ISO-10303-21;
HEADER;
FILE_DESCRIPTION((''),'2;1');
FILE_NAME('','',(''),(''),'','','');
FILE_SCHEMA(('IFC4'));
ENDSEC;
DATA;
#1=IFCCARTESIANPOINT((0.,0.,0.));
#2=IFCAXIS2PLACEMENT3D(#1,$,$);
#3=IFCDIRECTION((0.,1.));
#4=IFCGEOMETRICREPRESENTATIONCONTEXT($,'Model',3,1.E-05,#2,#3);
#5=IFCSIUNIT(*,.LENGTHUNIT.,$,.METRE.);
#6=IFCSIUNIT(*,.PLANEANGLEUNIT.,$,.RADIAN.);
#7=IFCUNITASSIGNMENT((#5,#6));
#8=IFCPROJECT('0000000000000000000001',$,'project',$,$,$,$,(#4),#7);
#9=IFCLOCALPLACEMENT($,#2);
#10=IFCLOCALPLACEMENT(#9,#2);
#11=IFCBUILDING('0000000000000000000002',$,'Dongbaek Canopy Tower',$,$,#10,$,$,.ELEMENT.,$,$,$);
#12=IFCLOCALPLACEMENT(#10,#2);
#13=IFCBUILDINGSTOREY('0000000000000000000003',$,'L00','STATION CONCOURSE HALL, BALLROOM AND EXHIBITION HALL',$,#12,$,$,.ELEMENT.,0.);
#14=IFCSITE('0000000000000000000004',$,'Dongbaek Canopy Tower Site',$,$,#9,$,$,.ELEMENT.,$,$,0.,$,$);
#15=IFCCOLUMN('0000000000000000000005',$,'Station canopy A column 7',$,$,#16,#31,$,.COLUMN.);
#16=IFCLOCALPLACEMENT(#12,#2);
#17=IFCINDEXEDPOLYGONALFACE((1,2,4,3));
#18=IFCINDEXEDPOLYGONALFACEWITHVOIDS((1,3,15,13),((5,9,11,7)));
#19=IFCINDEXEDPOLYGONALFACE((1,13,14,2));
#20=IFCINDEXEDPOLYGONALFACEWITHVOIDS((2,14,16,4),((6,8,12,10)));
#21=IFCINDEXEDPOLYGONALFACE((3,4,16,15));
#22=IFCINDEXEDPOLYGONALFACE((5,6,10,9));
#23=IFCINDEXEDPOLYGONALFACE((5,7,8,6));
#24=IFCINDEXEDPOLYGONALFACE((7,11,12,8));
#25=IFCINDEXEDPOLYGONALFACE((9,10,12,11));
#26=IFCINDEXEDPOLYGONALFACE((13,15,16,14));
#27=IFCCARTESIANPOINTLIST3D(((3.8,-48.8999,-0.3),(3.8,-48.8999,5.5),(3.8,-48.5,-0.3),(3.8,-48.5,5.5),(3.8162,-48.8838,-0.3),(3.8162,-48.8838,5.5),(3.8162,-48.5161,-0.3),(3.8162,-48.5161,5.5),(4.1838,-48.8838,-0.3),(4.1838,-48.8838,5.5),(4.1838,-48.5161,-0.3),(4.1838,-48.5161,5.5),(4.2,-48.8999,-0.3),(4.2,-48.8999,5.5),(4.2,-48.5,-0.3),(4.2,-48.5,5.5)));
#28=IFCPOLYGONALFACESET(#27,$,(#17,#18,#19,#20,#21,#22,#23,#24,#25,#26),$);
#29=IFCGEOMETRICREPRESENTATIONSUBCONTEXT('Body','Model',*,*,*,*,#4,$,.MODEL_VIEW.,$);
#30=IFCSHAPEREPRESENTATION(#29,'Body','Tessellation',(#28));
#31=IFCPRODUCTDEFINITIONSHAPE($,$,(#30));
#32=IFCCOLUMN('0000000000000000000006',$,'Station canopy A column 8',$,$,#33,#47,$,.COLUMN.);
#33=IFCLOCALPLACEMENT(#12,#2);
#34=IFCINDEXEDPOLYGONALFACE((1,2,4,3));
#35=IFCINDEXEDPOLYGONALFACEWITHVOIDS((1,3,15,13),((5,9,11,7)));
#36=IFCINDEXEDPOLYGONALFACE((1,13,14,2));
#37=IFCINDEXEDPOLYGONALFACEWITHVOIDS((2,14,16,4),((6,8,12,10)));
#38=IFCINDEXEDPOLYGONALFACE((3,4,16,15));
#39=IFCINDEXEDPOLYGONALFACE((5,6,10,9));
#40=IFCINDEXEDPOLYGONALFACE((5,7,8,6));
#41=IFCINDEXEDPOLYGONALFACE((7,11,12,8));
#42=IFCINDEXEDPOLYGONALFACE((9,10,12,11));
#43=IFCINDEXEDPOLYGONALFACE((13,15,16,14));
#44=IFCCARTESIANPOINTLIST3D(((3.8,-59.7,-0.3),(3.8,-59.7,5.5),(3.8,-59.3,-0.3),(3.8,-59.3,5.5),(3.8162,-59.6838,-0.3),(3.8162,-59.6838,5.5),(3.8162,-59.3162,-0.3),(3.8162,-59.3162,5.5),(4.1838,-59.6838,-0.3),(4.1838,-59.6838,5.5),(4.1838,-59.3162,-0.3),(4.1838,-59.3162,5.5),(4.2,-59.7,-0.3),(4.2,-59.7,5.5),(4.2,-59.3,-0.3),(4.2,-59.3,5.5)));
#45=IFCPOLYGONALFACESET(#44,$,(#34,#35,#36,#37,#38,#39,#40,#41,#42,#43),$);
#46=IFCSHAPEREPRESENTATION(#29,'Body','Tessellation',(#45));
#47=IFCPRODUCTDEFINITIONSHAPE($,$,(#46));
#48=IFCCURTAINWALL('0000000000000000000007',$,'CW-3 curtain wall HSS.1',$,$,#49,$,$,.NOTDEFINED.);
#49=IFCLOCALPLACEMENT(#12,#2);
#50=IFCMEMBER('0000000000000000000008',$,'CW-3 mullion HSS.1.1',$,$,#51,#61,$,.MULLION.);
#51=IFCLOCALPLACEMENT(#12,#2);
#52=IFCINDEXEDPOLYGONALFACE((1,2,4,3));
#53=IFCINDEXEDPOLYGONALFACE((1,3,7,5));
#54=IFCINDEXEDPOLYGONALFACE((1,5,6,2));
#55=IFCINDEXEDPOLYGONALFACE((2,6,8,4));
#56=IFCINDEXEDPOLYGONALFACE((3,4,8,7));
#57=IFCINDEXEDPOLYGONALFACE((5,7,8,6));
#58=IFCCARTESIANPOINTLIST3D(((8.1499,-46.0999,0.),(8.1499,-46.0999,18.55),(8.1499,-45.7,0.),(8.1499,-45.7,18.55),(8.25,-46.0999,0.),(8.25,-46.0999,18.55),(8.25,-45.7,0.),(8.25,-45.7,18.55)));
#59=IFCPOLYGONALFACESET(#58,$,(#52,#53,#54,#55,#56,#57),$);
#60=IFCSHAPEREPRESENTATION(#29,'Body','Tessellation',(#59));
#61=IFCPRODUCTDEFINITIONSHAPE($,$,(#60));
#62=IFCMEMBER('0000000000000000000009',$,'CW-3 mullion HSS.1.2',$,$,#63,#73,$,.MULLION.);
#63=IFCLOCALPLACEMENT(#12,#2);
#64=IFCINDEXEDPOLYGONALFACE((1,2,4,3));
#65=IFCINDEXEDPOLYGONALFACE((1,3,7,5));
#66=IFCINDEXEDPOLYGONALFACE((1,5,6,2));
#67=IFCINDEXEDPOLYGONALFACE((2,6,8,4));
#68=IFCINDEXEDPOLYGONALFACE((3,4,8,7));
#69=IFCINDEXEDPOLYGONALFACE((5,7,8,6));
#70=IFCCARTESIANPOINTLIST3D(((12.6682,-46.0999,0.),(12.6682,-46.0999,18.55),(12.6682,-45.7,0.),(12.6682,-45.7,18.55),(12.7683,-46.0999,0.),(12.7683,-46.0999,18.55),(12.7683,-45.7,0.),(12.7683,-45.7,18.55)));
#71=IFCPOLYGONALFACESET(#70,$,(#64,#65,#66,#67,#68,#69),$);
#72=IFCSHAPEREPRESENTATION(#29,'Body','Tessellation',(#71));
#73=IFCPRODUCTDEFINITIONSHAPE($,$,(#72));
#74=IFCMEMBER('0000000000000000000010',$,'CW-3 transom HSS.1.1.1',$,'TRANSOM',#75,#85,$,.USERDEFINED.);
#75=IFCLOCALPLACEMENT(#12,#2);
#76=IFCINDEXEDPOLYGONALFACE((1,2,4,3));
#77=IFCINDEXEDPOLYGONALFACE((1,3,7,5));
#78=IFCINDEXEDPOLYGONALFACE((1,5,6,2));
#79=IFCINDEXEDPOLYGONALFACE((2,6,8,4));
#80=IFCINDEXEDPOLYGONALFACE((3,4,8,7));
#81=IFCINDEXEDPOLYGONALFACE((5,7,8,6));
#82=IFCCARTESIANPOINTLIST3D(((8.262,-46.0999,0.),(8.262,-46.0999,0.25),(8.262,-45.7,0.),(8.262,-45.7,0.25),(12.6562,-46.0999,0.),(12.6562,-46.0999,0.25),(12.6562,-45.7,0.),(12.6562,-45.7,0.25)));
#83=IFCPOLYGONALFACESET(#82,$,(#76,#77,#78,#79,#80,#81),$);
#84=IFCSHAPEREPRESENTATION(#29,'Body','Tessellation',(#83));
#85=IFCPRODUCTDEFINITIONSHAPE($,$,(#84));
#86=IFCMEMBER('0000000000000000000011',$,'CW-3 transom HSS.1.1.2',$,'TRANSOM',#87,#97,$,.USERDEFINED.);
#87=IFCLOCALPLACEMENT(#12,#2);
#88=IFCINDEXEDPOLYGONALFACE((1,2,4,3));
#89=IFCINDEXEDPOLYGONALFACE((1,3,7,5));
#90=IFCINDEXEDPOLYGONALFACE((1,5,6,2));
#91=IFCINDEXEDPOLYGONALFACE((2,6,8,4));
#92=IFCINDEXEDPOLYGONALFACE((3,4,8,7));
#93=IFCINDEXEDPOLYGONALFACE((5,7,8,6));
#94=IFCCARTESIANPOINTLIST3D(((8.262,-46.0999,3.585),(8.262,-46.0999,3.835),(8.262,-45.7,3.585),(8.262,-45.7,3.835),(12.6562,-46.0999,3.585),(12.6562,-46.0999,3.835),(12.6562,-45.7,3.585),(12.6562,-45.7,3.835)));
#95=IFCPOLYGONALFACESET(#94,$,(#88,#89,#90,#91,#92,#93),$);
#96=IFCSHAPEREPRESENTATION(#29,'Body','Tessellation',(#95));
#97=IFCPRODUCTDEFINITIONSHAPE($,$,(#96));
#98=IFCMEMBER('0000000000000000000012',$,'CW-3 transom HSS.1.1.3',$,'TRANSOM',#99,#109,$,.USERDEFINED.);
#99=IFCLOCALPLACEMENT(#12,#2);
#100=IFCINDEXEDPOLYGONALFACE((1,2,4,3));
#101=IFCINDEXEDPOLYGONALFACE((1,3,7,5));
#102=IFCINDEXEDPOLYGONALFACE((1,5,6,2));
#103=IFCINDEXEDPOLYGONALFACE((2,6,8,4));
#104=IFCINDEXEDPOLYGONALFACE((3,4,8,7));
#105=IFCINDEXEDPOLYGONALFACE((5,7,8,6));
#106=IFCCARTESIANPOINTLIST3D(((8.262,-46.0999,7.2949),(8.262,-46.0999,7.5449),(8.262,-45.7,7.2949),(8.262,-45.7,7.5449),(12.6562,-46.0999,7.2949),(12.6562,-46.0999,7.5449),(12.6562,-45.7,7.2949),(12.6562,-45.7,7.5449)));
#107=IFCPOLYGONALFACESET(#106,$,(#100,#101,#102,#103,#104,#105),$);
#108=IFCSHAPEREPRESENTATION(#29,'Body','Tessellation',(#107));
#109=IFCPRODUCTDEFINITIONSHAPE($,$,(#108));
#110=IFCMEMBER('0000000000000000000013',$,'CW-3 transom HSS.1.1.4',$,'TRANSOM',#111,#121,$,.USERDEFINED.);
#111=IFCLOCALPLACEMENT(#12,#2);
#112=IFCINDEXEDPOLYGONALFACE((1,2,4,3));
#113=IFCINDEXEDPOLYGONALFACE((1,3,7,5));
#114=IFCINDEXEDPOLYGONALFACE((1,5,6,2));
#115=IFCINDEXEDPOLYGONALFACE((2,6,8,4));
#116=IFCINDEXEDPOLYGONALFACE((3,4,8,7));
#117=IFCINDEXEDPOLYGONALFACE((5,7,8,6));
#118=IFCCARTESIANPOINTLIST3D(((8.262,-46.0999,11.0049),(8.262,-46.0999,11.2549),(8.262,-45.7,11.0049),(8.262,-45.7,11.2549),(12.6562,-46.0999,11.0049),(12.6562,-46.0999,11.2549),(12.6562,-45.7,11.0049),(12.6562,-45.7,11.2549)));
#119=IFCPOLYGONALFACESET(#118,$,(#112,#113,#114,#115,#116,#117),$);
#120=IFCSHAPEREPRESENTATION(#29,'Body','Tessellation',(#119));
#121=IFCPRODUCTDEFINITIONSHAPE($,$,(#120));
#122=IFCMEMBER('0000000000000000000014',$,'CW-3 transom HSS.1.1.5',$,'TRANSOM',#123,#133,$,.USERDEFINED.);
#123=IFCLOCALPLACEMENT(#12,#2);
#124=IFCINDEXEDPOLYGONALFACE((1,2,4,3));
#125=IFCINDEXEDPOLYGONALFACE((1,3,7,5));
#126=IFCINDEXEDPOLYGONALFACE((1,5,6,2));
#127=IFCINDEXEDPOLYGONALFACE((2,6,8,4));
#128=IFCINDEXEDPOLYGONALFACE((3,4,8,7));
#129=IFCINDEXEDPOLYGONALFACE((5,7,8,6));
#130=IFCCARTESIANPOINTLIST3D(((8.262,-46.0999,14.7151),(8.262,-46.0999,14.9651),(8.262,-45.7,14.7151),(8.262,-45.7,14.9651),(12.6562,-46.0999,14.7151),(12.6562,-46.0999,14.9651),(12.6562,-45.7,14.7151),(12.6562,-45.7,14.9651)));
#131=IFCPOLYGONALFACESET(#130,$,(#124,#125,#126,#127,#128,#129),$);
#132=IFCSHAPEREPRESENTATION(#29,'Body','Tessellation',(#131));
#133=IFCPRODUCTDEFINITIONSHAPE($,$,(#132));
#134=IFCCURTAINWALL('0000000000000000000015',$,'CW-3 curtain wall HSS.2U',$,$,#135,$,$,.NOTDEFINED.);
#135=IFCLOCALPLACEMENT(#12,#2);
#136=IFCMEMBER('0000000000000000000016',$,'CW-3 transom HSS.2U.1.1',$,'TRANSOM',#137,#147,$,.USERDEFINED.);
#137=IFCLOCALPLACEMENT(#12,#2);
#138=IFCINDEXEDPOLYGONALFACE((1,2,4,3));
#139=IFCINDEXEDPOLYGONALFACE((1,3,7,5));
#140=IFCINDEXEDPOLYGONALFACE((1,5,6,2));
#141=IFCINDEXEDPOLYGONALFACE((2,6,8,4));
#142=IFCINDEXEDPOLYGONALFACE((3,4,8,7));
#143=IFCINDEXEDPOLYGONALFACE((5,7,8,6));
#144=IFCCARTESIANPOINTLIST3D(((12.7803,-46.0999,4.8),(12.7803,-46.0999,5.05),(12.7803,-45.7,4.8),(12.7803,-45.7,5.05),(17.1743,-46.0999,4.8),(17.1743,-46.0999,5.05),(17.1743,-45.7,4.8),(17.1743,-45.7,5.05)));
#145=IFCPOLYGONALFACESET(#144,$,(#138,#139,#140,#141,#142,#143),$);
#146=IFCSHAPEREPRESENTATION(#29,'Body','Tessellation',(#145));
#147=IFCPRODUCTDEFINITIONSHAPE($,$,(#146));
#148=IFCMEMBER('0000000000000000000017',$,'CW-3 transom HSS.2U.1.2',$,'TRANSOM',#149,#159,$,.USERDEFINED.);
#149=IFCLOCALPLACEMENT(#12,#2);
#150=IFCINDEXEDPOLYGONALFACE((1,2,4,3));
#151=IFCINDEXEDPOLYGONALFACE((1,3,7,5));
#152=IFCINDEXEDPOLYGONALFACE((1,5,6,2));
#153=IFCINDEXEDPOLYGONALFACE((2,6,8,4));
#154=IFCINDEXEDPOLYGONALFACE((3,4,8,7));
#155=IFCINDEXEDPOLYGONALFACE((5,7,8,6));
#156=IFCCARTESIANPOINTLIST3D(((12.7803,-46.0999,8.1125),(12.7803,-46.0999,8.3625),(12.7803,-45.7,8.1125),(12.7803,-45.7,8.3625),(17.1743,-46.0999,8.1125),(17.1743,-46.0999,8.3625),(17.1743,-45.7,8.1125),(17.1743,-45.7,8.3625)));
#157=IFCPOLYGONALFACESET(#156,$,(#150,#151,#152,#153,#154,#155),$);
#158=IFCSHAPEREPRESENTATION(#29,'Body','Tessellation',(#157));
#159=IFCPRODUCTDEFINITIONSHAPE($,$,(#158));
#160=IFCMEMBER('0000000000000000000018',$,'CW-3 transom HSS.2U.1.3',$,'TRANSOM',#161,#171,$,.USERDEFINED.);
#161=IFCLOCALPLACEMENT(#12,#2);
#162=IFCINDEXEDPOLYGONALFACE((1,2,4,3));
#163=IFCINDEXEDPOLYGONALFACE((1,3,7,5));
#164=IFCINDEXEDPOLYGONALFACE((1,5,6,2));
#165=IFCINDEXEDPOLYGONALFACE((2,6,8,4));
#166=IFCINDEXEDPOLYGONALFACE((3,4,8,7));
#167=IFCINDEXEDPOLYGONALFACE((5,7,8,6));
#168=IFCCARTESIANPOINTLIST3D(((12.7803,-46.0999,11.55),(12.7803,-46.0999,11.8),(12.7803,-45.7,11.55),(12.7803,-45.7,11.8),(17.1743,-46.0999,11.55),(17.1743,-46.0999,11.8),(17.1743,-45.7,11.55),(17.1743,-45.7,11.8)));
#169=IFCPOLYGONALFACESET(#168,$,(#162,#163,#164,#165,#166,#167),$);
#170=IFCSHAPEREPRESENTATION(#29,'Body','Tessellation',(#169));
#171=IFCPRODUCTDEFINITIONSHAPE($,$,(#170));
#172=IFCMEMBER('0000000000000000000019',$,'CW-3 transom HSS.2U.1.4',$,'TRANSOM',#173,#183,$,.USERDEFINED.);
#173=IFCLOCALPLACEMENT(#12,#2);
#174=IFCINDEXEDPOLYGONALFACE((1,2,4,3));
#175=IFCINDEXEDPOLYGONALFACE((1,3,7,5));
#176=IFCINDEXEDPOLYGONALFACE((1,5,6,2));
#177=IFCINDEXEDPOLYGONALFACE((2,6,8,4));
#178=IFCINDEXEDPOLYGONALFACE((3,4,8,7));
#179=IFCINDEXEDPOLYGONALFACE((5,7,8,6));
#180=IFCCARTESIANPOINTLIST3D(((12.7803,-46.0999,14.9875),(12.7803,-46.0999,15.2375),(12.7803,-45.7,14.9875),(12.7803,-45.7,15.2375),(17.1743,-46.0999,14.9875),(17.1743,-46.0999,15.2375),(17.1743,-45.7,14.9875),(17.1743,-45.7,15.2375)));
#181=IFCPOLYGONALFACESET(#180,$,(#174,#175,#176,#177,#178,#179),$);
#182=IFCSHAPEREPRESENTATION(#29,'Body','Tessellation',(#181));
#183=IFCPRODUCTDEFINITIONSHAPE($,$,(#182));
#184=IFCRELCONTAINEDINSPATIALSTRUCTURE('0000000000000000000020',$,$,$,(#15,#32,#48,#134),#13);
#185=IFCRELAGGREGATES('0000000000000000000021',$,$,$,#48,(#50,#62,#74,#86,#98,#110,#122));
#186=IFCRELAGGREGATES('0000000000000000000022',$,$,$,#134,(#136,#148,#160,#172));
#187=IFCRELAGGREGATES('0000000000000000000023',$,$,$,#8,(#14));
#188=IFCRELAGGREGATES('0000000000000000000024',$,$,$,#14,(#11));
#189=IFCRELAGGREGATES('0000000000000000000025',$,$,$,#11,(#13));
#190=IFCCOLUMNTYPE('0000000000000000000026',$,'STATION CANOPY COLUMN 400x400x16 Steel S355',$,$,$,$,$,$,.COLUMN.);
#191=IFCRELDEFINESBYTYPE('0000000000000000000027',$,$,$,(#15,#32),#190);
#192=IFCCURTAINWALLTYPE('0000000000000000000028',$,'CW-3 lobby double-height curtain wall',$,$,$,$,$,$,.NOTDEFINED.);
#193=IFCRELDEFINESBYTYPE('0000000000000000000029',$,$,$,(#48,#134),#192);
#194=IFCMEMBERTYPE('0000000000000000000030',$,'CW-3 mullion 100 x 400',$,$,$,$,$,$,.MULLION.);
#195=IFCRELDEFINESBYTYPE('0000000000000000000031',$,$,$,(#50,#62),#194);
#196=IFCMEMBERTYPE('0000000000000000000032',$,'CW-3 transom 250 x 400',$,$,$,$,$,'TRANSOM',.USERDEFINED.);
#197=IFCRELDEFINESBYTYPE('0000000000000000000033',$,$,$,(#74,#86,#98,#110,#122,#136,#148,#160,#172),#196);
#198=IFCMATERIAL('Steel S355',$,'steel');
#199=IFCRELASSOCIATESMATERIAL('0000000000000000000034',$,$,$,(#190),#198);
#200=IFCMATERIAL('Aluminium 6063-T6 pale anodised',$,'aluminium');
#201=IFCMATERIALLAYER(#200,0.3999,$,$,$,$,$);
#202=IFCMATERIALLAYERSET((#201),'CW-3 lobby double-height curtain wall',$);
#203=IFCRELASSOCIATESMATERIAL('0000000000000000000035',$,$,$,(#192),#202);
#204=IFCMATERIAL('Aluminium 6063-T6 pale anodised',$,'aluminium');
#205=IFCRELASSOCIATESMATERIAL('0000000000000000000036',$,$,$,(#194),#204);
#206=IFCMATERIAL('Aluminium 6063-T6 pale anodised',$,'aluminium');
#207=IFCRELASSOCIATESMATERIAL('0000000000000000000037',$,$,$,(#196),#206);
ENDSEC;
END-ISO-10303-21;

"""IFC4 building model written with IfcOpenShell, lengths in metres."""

from ifc_helpers import new_model, si_unit, direction, frame, origin, origin_2d, place, context, subcontext, project, spatial, rectangle, hollow_rectangle, extrude, material, layer, layer_set, material_profile, profile_set, type_object, element, aggregate, save


model = new_model("IFC4")

# Units and contexts
model_context = context("Model", 3, precision=1e-05, world=origin(), true_north=direction((0.0, 1.0)))
body_context = subcontext(model_context, "Body", "Model", "MODEL_VIEW")
ifc_project = project(units=[si_unit("LENGTHUNIT", "METRE"), si_unit("PLANEANGLEUNIT", "RADIAN")], contexts=[model_context])

# Site, building, storey
site_placement = place(None, origin())
site = spatial("IfcSite", under=ifc_project, at=site_placement, Name="Dongbaek Canopy Tower Site", CompositionType="ELEMENT", RefElevation=0.0)
building_placement = place(site_placement, origin())
building = spatial("IfcBuilding", under=site, at=building_placement, Name="Dongbaek Canopy Tower", CompositionType="ELEMENT")
storey_placement = place(building_placement, origin())
storey = spatial("IfcBuildingStorey", under=building, at=storey_placement, Name="L00", Description="STATION CONCOURSE HALL, BALLROOM AND EXHIBITION HALL", CompositionType="ELEMENT", Elevation=0.0)

# Columns
ifc_material_1 = material(Name="Steel S355", Category="steel")
ifc_material_profile_1 = material_profile(ifc_material_1, hollow_rectangle(XDim=0.3999, YDim=0.3999, WallThickness=0.0161, at=origin_2d()), Name="STATION CANOPY COLUMN 400x400x16 Steel S355")
ifc_profile_set_1 = profile_set([ifc_material_profile_1], Name="Steel S355")
column_type = type_object("IfcColumnType", Name="STATION CANOPY COLUMN 400x400x16 Steel S355", PredefinedType="COLUMN", material=ifc_profile_set_1)
for number, where, z_axis, x_axis, name in (
    (1, (4.0, -48.7, -0.3), (0.0, 0.0, 1.0), (1.0, 0.0, 0.0), "Station canopy A column 7"),
    (2, (4.0, -59.5, -0.3), (0.0, 0.0, 1.0), (1.0, 0.0, 0.0), "Station canopy A column 8"),
):
    element("IfcColumn", number, at=place(storey_placement, frame(where, z_axis=z_axis, x_axis=x_axis)), inside=storey, type_object=column_type, Name=name, PredefinedType="COLUMN", context=body_context, shape_type="SweptSolid", body=[
        extrude(hollow_rectangle(XDim=0.3999, YDim=0.3999, WallThickness=0.0161, at=origin_2d()), origin(), (0.0, 0.0, 1.0), 5.8),
    ])

# Curtain walls, members
ifc_material_2 = material(Name="Aluminium 6063-T6 pale anodised", Category="aluminium")
ifc_layer_1 = layer(ifc_material_2, 0.3999)
ifc_layer_set_1 = layer_set([ifc_layer_1], Name="CW-3 lobby double-height curtain wall")
curtain_wall_type = type_object("IfcCurtainWallType", Name="CW-3 lobby double-height curtain wall", PredefinedType="NOTDEFINED", material=ifc_layer_set_1)
curtain_wall_1_placement = place(storey_placement, origin())
curtain_wall_1 = element("IfcCurtainWall", 3, at=curtain_wall_1_placement, inside=storey, type_object=curtain_wall_type, Name="CW-3 curtain wall HSS.1", PredefinedType="NOTDEFINED")
ifc_material_3 = material(Name="Aluminium 6063-T6 pale anodised", Category="aluminium")
ifc_material_profile_2 = material_profile(ifc_material_3, rectangle(XDim=0.3999, YDim=0.1001, at=origin_2d()), Name="CW-3 mullion 100 x 400")
ifc_profile_set_2 = profile_set([ifc_material_profile_2], Name="Aluminium 6063-T6 pale anodised")
member_type_1 = type_object("IfcMemberType", Name="CW-3 mullion 100 x 400", PredefinedType="MULLION", material=ifc_profile_set_2)
member_1_placement = place(storey_placement, frame((8.2, -45.8999, 0.0), z_axis=(0.0, 0.0, 1.0), x_axis=(0.0, -1.0, 0.0)))
member_1 = element("IfcMember", 4, at=member_1_placement, type_object=member_type_1, Name="CW-3 mullion HSS.1.1", PredefinedType="MULLION", context=body_context, shape_type="SweptSolid", body=[
    extrude(rectangle(XDim=0.3999, YDim=0.1001, at=origin_2d()), origin(), (0.0, 0.0, 1.0), 18.55),
])
member_2_placement = place(storey_placement, frame((12.7183, -45.8999, 0.0), z_axis=(0.0, 0.0, 1.0), x_axis=(0.0, -1.0, 0.0)))
member_2 = element("IfcMember", 5, at=member_2_placement, type_object=member_type_1, Name="CW-3 mullion HSS.1.2", PredefinedType="MULLION", context=body_context, shape_type="SweptSolid", body=[
    extrude(rectangle(XDim=0.3999, YDim=0.1001, at=origin_2d()), origin(), (0.0, 0.0, 1.0), 18.55),
])
ifc_material_4 = material(Name="Aluminium 6063-T6 pale anodised", Category="aluminium")
ifc_material_profile_3 = material_profile(ifc_material_4, rectangle(XDim=0.3999, YDim=0.25, at=origin_2d()), Name="CW-3 transom 250 x 400")
ifc_profile_set_3 = profile_set([ifc_material_profile_3], Name="Aluminium 6063-T6 pale anodised")
member_type_2 = type_object("IfcMemberType", Name="CW-3 transom 250 x 400", ElementType="TRANSOM", PredefinedType="USERDEFINED", material=ifc_profile_set_3)
member_3_placement = place(storey_placement, frame((8.262, -45.8999, 0.125), z_axis=(1.0, 0.0, 0.0), x_axis=(0.0, 1.0, 0.0)))
member_3 = element("IfcMember", 6, at=member_3_placement, type_object=member_type_2, Name="CW-3 transom HSS.1.1.1", ObjectType="TRANSOM", PredefinedType="USERDEFINED", context=body_context, shape_type="SweptSolid", body=[
    extrude(rectangle(XDim=0.3999, YDim=0.25, at=origin_2d()), origin(), (0.0, 0.0, 1.0), 4.3943),
])
member_4_placement = place(storey_placement, frame((8.262, -45.8999, 3.71), z_axis=(1.0, 0.0, 0.0), x_axis=(0.0, 1.0, 0.0)))
member_4 = element("IfcMember", 7, at=member_4_placement, type_object=member_type_2, Name="CW-3 transom HSS.1.1.2", ObjectType="TRANSOM", PredefinedType="USERDEFINED", context=body_context, shape_type="SweptSolid", body=[
    extrude(rectangle(XDim=0.3999, YDim=0.25, at=origin_2d()), origin(), (0.0, 0.0, 1.0), 4.3943),
])
member_5_placement = place(storey_placement, frame((8.262, -45.8999, 7.4199), z_axis=(1.0, 0.0, 0.0), x_axis=(0.0, 1.0, 0.0)))
member_5 = element("IfcMember", 8, at=member_5_placement, type_object=member_type_2, Name="CW-3 transom HSS.1.1.3", ObjectType="TRANSOM", PredefinedType="USERDEFINED", context=body_context, shape_type="SweptSolid", body=[
    extrude(rectangle(XDim=0.3999, YDim=0.25, at=origin_2d()), origin(), (0.0, 0.0, 1.0), 4.3943),
])
member_6_placement = place(storey_placement, frame((8.262, -45.8999, 11.1299), z_axis=(1.0, 0.0, 0.0), x_axis=(0.0, 1.0, 0.0)))
member_6 = element("IfcMember", 9, at=member_6_placement, type_object=member_type_2, Name="CW-3 transom HSS.1.1.4", ObjectType="TRANSOM", PredefinedType="USERDEFINED", context=body_context, shape_type="SweptSolid", body=[
    extrude(rectangle(XDim=0.3999, YDim=0.25, at=origin_2d()), origin(), (0.0, 0.0, 1.0), 4.3943),
])
member_7_placement = place(storey_placement, frame((8.262, -45.8999, 14.8401), z_axis=(1.0, 0.0, 0.0), x_axis=(0.0, 1.0, 0.0)))
member_7 = element("IfcMember", 10, at=member_7_placement, type_object=member_type_2, Name="CW-3 transom HSS.1.1.5", ObjectType="TRANSOM", PredefinedType="USERDEFINED", context=body_context, shape_type="SweptSolid", body=[
    extrude(rectangle(XDim=0.3999, YDim=0.25, at=origin_2d()), origin(), (0.0, 0.0, 1.0), 4.3943),
])
curtain_wall_2_placement = place(storey_placement, origin())
curtain_wall_2 = element("IfcCurtainWall", 11, at=curtain_wall_2_placement, inside=storey, type_object=curtain_wall_type, Name="CW-3 curtain wall HSS.2U", PredefinedType="NOTDEFINED")
member_8_placement = place(storey_placement, frame((12.7803, -45.8999, 4.925), z_axis=(1.0, 0.0, 0.0), x_axis=(0.0, 1.0, 0.0)))
member_8 = element("IfcMember", 12, at=member_8_placement, type_object=member_type_2, Name="CW-3 transom HSS.2U.1.1", ObjectType="TRANSOM", PredefinedType="USERDEFINED", context=body_context, shape_type="SweptSolid", body=[
    extrude(rectangle(XDim=0.3999, YDim=0.25, at=origin_2d()), origin(), (0.0, 0.0, 1.0), 4.394),
])
member_9_placement = place(storey_placement, frame((12.7803, -45.8999, 8.2375), z_axis=(1.0, 0.0, 0.0), x_axis=(0.0, 1.0, 0.0)))
member_9 = element("IfcMember", 13, at=member_9_placement, type_object=member_type_2, Name="CW-3 transom HSS.2U.1.2", ObjectType="TRANSOM", PredefinedType="USERDEFINED", context=body_context, shape_type="SweptSolid", body=[
    extrude(rectangle(XDim=0.3999, YDim=0.25, at=origin_2d()), origin(), (0.0, 0.0, 1.0), 4.394),
])
member_10_placement = place(storey_placement, frame((12.7803, -45.8999, 11.675), z_axis=(1.0, 0.0, 0.0), x_axis=(0.0, 1.0, 0.0)))
member_10 = element("IfcMember", 14, at=member_10_placement, type_object=member_type_2, Name="CW-3 transom HSS.2U.1.3", ObjectType="TRANSOM", PredefinedType="USERDEFINED", context=body_context, shape_type="SweptSolid", body=[
    extrude(rectangle(XDim=0.3999, YDim=0.25, at=origin_2d()), origin(), (0.0, 0.0, 1.0), 4.394),
])
member_11_placement = place(storey_placement, frame((12.7803, -45.8999, 15.1125), z_axis=(1.0, 0.0, 0.0), x_axis=(0.0, 1.0, 0.0)))
member_11 = element("IfcMember", 15, at=member_11_placement, type_object=member_type_2, Name="CW-3 transom HSS.2U.1.4", ObjectType="TRANSOM", PredefinedType="USERDEFINED", context=body_context, shape_type="SweptSolid", body=[
    extrude(rectangle(XDim=0.3999, YDim=0.25, at=origin_2d()), origin(), (0.0, 0.0, 1.0), 4.394),
])

aggregate(curtain_wall_1, [member_1, member_2, member_3, member_4, member_5, member_6, member_7])
aggregate(curtain_wall_2, [member_8, member_9, member_10, member_11])

save(model, "model.ifc")
